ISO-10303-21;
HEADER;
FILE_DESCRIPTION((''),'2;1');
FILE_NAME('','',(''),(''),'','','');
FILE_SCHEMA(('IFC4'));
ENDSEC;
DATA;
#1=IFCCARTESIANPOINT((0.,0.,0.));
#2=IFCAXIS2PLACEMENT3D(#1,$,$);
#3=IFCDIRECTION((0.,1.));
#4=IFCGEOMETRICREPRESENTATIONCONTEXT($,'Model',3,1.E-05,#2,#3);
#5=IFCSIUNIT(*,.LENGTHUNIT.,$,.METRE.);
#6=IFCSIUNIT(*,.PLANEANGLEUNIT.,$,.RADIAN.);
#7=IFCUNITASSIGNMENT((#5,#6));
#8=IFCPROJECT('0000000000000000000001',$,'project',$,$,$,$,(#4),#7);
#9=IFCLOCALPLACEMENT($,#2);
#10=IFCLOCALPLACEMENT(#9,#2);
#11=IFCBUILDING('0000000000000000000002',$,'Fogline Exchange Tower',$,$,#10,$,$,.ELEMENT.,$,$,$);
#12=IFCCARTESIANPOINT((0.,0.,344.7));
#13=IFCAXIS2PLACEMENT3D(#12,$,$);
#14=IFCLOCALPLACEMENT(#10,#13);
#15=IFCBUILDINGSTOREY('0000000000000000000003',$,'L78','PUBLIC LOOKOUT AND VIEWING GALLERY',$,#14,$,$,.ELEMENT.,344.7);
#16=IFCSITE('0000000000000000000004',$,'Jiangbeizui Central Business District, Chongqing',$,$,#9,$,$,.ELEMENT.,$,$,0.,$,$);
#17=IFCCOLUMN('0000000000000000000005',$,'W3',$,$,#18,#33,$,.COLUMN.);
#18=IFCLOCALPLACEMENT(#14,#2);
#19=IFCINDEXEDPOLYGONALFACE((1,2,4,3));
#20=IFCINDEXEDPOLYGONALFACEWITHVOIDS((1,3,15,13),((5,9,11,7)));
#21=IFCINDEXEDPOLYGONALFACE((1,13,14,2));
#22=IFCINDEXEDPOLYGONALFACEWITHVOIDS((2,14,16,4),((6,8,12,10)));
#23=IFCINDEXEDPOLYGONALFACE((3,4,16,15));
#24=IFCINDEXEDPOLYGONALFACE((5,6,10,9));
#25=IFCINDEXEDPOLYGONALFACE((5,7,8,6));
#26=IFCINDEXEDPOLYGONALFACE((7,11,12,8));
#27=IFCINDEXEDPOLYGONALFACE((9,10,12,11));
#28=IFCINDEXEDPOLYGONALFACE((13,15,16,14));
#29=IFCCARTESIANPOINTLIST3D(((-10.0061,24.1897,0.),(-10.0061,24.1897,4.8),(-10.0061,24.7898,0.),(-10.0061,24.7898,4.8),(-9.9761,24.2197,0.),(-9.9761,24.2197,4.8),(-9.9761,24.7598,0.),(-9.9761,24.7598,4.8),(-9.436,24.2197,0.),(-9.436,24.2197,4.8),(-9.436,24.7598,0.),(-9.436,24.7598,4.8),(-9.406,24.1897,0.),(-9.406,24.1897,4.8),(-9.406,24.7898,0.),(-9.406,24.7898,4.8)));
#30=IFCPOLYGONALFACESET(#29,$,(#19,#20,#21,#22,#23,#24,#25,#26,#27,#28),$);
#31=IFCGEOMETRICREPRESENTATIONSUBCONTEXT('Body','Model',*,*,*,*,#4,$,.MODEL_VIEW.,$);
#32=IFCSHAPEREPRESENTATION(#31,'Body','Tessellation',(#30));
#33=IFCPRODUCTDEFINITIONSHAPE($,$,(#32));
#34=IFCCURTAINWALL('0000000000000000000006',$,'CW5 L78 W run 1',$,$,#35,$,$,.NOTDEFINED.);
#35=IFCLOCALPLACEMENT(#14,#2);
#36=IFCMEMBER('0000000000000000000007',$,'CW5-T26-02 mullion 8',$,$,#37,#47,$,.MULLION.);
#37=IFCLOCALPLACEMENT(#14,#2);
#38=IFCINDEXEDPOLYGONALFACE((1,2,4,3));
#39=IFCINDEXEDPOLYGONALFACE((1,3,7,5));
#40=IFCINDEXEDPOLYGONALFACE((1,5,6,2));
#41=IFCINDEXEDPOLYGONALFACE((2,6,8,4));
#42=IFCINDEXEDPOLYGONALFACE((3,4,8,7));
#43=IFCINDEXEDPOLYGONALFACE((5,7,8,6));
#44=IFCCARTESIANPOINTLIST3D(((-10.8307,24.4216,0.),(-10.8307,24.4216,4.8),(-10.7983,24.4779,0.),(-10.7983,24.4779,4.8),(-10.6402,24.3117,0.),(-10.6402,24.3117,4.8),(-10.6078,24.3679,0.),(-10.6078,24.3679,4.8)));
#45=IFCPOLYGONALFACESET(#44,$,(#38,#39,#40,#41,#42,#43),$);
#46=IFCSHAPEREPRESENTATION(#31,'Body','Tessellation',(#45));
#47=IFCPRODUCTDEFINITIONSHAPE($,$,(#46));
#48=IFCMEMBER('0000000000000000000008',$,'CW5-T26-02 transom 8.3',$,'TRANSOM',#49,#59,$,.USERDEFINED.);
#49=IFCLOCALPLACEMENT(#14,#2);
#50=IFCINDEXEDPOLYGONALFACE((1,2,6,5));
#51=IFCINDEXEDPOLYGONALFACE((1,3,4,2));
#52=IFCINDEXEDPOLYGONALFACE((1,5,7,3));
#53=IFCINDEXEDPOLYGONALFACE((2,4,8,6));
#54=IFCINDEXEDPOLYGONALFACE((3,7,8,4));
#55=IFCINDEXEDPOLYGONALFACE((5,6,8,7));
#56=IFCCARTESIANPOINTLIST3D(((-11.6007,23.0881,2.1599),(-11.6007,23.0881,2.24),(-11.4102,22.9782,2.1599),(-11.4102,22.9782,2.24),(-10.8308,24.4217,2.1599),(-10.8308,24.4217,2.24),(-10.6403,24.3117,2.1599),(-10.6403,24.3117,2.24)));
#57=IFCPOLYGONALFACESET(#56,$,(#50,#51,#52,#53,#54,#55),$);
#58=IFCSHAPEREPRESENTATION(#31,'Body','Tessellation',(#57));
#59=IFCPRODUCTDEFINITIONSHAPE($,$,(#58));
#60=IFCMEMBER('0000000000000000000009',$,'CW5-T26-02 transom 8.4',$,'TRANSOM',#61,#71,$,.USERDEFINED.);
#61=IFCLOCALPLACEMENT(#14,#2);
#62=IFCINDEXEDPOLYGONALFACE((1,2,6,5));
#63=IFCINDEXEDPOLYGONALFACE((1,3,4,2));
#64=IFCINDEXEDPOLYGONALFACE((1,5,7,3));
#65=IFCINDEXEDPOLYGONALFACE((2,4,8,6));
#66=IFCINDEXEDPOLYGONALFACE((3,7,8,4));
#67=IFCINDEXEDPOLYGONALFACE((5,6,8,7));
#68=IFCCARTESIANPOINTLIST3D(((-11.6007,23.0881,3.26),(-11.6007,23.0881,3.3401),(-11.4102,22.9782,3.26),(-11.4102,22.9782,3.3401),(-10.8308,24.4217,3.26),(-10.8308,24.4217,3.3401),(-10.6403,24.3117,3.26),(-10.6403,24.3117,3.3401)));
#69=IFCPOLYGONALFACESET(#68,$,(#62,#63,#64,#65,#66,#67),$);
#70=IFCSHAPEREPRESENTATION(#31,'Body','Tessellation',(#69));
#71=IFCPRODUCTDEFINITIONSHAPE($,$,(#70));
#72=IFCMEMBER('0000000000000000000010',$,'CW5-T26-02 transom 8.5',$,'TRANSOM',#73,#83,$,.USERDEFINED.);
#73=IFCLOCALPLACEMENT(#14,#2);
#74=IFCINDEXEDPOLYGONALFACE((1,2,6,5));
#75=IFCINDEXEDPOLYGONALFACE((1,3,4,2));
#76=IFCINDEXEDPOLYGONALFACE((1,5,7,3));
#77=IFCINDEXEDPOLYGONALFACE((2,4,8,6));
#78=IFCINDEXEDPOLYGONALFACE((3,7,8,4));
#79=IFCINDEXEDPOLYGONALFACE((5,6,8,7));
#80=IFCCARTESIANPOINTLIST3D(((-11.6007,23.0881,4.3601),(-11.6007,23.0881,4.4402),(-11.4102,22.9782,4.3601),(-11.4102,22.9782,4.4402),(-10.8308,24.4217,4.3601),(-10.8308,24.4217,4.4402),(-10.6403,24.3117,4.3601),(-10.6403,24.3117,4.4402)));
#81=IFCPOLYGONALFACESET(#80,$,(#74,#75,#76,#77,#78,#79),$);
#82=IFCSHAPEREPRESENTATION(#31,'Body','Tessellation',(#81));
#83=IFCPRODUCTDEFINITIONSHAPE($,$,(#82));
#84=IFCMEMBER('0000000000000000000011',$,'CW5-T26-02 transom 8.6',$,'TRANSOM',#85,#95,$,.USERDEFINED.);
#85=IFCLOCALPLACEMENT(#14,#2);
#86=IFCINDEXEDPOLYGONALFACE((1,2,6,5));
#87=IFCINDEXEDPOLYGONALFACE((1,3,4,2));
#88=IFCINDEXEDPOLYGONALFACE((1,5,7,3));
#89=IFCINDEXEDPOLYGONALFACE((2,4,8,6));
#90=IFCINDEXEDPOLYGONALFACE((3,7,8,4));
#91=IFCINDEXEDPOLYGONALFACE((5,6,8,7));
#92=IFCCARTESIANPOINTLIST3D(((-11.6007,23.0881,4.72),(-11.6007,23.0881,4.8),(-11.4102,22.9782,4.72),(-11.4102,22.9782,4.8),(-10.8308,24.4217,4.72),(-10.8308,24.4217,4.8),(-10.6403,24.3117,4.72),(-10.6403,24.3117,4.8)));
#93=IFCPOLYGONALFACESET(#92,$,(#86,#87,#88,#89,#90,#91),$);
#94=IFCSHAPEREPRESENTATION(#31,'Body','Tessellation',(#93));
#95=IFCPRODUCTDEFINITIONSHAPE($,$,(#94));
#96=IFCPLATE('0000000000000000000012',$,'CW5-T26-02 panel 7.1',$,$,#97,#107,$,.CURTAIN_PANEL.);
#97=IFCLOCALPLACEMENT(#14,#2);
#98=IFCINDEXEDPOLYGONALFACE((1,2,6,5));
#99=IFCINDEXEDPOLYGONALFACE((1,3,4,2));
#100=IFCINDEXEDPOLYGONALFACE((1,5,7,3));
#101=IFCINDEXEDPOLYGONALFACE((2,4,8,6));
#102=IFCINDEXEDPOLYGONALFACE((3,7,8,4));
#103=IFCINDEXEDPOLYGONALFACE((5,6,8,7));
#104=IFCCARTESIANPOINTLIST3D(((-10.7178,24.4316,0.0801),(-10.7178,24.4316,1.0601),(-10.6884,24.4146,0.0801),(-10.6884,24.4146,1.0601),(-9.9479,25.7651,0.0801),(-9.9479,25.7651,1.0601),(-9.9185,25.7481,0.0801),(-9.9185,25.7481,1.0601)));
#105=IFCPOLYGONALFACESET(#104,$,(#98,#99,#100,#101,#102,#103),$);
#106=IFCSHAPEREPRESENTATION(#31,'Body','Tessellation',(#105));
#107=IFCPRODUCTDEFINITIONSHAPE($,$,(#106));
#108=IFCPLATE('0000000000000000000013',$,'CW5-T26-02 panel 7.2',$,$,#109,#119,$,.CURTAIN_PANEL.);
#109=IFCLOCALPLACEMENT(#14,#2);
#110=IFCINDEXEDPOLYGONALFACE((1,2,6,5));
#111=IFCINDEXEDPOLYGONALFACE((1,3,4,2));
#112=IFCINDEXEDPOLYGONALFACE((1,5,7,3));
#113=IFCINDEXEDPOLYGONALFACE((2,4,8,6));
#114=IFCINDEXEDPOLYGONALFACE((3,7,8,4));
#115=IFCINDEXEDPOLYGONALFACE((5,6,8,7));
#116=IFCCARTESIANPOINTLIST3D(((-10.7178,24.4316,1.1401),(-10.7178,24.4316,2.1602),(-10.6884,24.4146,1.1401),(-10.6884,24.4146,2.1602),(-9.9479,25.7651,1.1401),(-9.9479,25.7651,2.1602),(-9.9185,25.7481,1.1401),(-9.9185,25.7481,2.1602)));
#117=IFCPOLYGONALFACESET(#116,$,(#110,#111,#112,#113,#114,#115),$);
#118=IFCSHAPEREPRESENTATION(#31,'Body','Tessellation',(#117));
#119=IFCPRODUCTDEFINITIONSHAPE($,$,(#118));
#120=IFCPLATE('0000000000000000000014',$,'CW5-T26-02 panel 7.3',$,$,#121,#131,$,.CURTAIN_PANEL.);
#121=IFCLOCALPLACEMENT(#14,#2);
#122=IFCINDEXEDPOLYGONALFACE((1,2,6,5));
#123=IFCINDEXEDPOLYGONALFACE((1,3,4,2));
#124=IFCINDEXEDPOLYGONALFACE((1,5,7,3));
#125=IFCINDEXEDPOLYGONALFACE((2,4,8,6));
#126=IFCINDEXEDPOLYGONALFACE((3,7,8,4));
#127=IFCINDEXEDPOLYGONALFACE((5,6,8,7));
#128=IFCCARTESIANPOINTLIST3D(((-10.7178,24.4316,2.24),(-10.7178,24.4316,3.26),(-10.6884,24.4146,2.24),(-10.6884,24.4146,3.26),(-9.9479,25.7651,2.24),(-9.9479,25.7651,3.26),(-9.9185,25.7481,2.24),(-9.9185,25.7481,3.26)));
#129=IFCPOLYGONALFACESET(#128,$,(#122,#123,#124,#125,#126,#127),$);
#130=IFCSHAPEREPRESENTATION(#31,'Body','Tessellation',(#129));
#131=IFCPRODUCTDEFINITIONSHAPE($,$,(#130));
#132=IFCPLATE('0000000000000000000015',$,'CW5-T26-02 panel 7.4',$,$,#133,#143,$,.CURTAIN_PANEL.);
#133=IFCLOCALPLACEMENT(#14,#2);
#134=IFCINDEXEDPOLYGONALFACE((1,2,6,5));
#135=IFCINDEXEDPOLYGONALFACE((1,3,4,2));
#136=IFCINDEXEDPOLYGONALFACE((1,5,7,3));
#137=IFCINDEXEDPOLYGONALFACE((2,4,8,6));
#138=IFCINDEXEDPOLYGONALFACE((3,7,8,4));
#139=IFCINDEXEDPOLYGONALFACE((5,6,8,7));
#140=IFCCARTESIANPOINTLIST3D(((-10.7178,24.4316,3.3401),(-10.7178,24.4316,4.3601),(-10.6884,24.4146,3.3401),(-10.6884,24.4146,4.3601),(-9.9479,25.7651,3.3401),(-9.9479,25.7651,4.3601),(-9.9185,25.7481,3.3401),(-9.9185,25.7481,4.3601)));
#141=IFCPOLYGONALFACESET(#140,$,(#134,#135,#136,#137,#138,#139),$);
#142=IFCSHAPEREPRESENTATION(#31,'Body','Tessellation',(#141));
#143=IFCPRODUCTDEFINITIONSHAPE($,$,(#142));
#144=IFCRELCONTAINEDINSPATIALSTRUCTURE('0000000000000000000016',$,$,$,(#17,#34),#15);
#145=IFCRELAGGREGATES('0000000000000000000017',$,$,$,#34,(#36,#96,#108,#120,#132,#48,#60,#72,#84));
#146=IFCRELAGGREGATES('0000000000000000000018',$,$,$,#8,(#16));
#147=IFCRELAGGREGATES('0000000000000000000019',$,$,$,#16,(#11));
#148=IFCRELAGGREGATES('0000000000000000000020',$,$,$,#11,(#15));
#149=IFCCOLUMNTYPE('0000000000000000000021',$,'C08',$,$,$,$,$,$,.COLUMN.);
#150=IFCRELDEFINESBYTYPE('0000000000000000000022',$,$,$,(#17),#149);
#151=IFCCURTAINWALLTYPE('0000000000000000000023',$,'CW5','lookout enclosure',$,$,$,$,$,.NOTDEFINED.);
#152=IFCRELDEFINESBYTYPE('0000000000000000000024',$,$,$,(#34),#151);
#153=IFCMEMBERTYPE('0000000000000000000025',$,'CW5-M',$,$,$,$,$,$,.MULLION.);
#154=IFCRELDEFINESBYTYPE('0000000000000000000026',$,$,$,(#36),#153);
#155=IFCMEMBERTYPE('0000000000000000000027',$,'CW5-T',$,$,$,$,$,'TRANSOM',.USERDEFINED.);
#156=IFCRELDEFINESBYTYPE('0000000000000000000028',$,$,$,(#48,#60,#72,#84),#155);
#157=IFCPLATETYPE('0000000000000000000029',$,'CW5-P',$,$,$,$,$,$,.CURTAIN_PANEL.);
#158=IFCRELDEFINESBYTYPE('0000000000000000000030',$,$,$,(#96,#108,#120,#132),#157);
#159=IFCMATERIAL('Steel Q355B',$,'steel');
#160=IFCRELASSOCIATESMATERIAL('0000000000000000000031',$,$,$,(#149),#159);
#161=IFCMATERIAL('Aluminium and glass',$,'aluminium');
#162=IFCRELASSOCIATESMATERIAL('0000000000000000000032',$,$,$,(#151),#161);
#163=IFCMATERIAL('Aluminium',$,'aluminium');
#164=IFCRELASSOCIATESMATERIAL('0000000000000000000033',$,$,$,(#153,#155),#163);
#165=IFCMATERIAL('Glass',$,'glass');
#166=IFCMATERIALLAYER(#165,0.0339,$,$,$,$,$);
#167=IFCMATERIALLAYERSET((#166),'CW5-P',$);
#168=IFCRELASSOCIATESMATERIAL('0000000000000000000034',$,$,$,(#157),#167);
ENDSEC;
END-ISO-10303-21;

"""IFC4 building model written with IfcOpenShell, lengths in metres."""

from ifc_helpers import new_model, si_unit, direction, frame, origin, origin_2d, place, context, subcontext, project, spatial, rectangle, hollow_rectangle, extrude, material, layer, layer_set, material_profile, profile_set, type_object, element, aggregate, save


model = new_model("IFC4")

# Units and contexts
model_context = context("Model", 3, precision=1e-05, world=origin(), true_north=direction((0.0, 1.0)))
body_context = subcontext(model_context, "Body", "Model", "MODEL_VIEW")
ifc_project = project(units=[si_unit("LENGTHUNIT", "METRE"), si_unit("PLANEANGLEUNIT", "RADIAN")], contexts=[model_context])

# Site, building, storey
site_placement = place(None, origin())
site = spatial("IfcSite", under=ifc_project, at=site_placement, Name="Jiangbeizui Central Business District, Chongqing", CompositionType="ELEMENT", RefElevation=0.0)
building_placement = place(site_placement, origin())
building = spatial("IfcBuilding", under=site, at=building_placement, Name="Fogline Exchange Tower", CompositionType="ELEMENT")
storey_placement = place(building_placement, frame((0.0, 0.0, 344.7)))
storey = spatial("IfcBuildingStorey", under=building, at=storey_placement, Name="L78", Description="PUBLIC LOOKOUT AND VIEWING GALLERY", CompositionType="ELEMENT", Elevation=344.7)

# Column
ifc_material_1 = material(Name="Steel Q355B", Category="steel")
ifc_material_profile_1 = material_profile(ifc_material_1, hollow_rectangle(XDim=0.6001, YDim=0.6001, WallThickness=0.03, at=origin_2d()), Name="BOX600X600X30")
ifc_profile_set_1 = profile_set([ifc_material_profile_1], Name="Steel Q355B")
column_type = type_object("IfcColumnType", Name="C08", PredefinedType="COLUMN", material=ifc_profile_set_1)
column_placement = place(storey_placement, frame((-9.7061, 24.4897, 0.0), z_axis=(0.0, 0.0, 1.0), x_axis=(1.0, 0.0, 0.0)))
element("IfcColumn", 1, at=column_placement, inside=storey, type_object=column_type, Name="W3", PredefinedType="COLUMN", context=body_context, shape_type="SweptSolid", body=[
    extrude(hollow_rectangle(XDim=0.6001, YDim=0.6001, WallThickness=0.03, at=origin_2d()), origin(), (0.0, 0.0, 1.0), 4.8),
])

# Curtain wall, members, plates
ifc_material_2 = material(Name="Aluminium and glass", Category="aluminium")
curtain_wall_type = type_object("IfcCurtainWallType", Name="CW5", Description="lookout enclosure", PredefinedType="NOTDEFINED", material=ifc_material_2)
curtain_wall_placement = place(storey_placement, origin())
curtain_wall = element("IfcCurtainWall", 2, at=curtain_wall_placement, inside=storey, type_object=curtain_wall_type, Name="CW5 L78 W run 1", PredefinedType="NOTDEFINED")
ifc_material_3 = material(Name="Aluminium", Category="aluminium")
ifc_material_profile_2 = material_profile(ifc_material_3, rectangle(XDim=0.22, YDim=0.0649, at=origin_2d()), Name="Mullion 65x220")
ifc_profile_set_2 = profile_set([ifc_material_profile_2], Name="Aluminium")
member_type_1 = type_object("IfcMemberType", Name="CW5-M", PredefinedType="MULLION", material=ifc_profile_set_2)
member_1_placement = place(storey_placement, frame((-10.7192, 24.3948, 0.0), z_axis=(0.0, 0.0, 1.0), x_axis=(0.866025, -0.5, 0.0)))
member_1 = element("IfcMember", 3, at=member_1_placement, type_object=member_type_1, Name="CW5-T26-02 mullion 8", PredefinedType="MULLION", context=body_context, shape_type="SweptSolid", body=[
    extrude(rectangle(XDim=0.22, YDim=0.0649, at=origin_2d()), origin(), (0.0, 0.0, 1.0), 4.8),
])
ifc_material_profile_3 = material_profile(ifc_material_3, rectangle(XDim=0.22, YDim=0.0801, at=origin_2d()), Name="Transom 80x220")
ifc_profile_set_3 = profile_set([ifc_material_profile_3], Name="Aluminium")
member_type_2 = type_object("IfcMemberType", Name="CW5-T", ElementType="TRANSOM", PredefinedType="USERDEFINED", material=ifc_profile_set_3)
member_2_placement = place(storey_placement, frame((-10.7356, 24.3667, 2.2), z_axis=(-0.499942, -0.866059, 0.0), x_axis=(0.866059, -0.499942, 0.0)))
member_2 = element("IfcMember", 4, at=member_2_placement, type_object=member_type_2, Name="CW5-T26-02 transom 8.3", ObjectType="TRANSOM", PredefinedType="USERDEFINED", context=body_context, shape_type="SweptSolid", body=[
    extrude(rectangle(XDim=0.22, YDim=0.0801, at=origin_2d()), origin(), (0.0, 0.0, 1.0), 1.5398),
])
member_3_placement = place(storey_placement, frame((-10.7356, 24.3667, 3.3), z_axis=(-0.499942, -0.866059, 0.0), x_axis=(0.866059, -0.499942, 0.0)))
member_3 = element("IfcMember", 5, at=member_3_placement, type_object=member_type_2, Name="CW5-T26-02 transom 8.4", ObjectType="TRANSOM", PredefinedType="USERDEFINED", context=body_context, shape_type="SweptSolid", body=[
    extrude(rectangle(XDim=0.22, YDim=0.0801, at=origin_2d()), origin(), (0.0, 0.0, 1.0), 1.5398),
])
member_4_placement = place(storey_placement, frame((-10.7356, 24.3667, 4.4001), z_axis=(-0.499942, -0.866059, 0.0), x_axis=(0.866059, -0.499942, 0.0)))
member_4 = element("IfcMember", 6, at=member_4_placement, type_object=member_type_2, Name="CW5-T26-02 transom 8.5", ObjectType="TRANSOM", PredefinedType="USERDEFINED", context=body_context, shape_type="SweptSolid", body=[
    extrude(rectangle(XDim=0.22, YDim=0.0801, at=origin_2d()), origin(), (0.0, 0.0, 1.0), 1.5398),
])
member_5_placement = place(storey_placement, frame((-10.7356, 24.3667, 4.76), z_axis=(-0.499942, -0.866059, 0.0), x_axis=(0.866059, -0.499942, 0.0)))
member_5 = element("IfcMember", 7, at=member_5_placement, type_object=member_type_2, Name="CW5-T26-02 transom 8.6", ObjectType="TRANSOM", PredefinedType="USERDEFINED", context=body_context, shape_type="SweptSolid", body=[
    extrude(rectangle(XDim=0.22, YDim=0.0801, at=origin_2d()), origin(), (0.0, 0.0, 1.0), 1.5398),
])
ifc_material_4 = material(Name="Glass", Category="glass")
ifc_layer_1 = layer(ifc_material_4, 0.0339)
ifc_layer_set_1 = layer_set([ifc_layer_1], Name="CW5-P")
plate_type = type_object("IfcPlateType", Name="CW5-P", PredefinedType="CURTAIN_PANEL", material=ifc_layer_set_1)
plate_1_placement = place(storey_placement, frame((-10.3181, 25.0898, 0.0801), z_axis=(0.0, 0.0, 1.0), x_axis=(-0.5, -0.866025, 0.0)))
plate_1 = element("IfcPlate", 8, at=plate_1_placement, type_object=plate_type, Name="CW5-T26-02 panel 7.1", PredefinedType="CURTAIN_PANEL", context=body_context, shape_type="SweptSolid", body=[
    extrude(rectangle(XDim=1.5398, YDim=0.0339, at=origin_2d()), origin(), (0.0, 0.0, 1.0), 0.98),
])
plate_2_placement = place(storey_placement, frame((-10.3181, 25.0898, 1.1401), z_axis=(0.0, 0.0, 1.0), x_axis=(-0.5, -0.866025, 0.0)))
plate_2 = element("IfcPlate", 9, at=plate_2_placement, type_object=plate_type, Name="CW5-T26-02 panel 7.2", PredefinedType="CURTAIN_PANEL", context=body_context, shape_type="SweptSolid", body=[
    extrude(rectangle(XDim=1.5398, YDim=0.0339, at=origin_2d()), origin(), (0.0, 0.0, 1.0), 1.02),
])
plate_3_placement = place(storey_placement, frame((-10.3181, 25.0898, 2.24), z_axis=(0.0, 0.0, 1.0), x_axis=(-0.5, -0.866025, 0.0)))
plate_3 = element("IfcPlate", 10, at=plate_3_placement, type_object=plate_type, Name="CW5-T26-02 panel 7.3", PredefinedType="CURTAIN_PANEL", context=body_context, shape_type="SweptSolid", body=[
    extrude(rectangle(XDim=1.5398, YDim=0.0339, at=origin_2d()), origin(), (0.0, 0.0, 1.0), 1.02),
])
plate_4_placement = place(storey_placement, frame((-10.3181, 25.0898, 3.3401), z_axis=(0.0, 0.0, 1.0), x_axis=(-0.5, -0.866025, 0.0)))
plate_4 = element("IfcPlate", 11, at=plate_4_placement, type_object=plate_type, Name="CW5-T26-02 panel 7.4", PredefinedType="CURTAIN_PANEL", context=body_context, shape_type="SweptSolid", body=[
    extrude(rectangle(XDim=1.5398, YDim=0.0339, at=origin_2d()), origin(), (0.0, 0.0, 1.0), 1.02),
])
aggregate(curtain_wall, [member_1, plate_1, plate_2, plate_3, plate_4, member_2, member_3, member_4, member_5])

save(model, "model.ifc")
